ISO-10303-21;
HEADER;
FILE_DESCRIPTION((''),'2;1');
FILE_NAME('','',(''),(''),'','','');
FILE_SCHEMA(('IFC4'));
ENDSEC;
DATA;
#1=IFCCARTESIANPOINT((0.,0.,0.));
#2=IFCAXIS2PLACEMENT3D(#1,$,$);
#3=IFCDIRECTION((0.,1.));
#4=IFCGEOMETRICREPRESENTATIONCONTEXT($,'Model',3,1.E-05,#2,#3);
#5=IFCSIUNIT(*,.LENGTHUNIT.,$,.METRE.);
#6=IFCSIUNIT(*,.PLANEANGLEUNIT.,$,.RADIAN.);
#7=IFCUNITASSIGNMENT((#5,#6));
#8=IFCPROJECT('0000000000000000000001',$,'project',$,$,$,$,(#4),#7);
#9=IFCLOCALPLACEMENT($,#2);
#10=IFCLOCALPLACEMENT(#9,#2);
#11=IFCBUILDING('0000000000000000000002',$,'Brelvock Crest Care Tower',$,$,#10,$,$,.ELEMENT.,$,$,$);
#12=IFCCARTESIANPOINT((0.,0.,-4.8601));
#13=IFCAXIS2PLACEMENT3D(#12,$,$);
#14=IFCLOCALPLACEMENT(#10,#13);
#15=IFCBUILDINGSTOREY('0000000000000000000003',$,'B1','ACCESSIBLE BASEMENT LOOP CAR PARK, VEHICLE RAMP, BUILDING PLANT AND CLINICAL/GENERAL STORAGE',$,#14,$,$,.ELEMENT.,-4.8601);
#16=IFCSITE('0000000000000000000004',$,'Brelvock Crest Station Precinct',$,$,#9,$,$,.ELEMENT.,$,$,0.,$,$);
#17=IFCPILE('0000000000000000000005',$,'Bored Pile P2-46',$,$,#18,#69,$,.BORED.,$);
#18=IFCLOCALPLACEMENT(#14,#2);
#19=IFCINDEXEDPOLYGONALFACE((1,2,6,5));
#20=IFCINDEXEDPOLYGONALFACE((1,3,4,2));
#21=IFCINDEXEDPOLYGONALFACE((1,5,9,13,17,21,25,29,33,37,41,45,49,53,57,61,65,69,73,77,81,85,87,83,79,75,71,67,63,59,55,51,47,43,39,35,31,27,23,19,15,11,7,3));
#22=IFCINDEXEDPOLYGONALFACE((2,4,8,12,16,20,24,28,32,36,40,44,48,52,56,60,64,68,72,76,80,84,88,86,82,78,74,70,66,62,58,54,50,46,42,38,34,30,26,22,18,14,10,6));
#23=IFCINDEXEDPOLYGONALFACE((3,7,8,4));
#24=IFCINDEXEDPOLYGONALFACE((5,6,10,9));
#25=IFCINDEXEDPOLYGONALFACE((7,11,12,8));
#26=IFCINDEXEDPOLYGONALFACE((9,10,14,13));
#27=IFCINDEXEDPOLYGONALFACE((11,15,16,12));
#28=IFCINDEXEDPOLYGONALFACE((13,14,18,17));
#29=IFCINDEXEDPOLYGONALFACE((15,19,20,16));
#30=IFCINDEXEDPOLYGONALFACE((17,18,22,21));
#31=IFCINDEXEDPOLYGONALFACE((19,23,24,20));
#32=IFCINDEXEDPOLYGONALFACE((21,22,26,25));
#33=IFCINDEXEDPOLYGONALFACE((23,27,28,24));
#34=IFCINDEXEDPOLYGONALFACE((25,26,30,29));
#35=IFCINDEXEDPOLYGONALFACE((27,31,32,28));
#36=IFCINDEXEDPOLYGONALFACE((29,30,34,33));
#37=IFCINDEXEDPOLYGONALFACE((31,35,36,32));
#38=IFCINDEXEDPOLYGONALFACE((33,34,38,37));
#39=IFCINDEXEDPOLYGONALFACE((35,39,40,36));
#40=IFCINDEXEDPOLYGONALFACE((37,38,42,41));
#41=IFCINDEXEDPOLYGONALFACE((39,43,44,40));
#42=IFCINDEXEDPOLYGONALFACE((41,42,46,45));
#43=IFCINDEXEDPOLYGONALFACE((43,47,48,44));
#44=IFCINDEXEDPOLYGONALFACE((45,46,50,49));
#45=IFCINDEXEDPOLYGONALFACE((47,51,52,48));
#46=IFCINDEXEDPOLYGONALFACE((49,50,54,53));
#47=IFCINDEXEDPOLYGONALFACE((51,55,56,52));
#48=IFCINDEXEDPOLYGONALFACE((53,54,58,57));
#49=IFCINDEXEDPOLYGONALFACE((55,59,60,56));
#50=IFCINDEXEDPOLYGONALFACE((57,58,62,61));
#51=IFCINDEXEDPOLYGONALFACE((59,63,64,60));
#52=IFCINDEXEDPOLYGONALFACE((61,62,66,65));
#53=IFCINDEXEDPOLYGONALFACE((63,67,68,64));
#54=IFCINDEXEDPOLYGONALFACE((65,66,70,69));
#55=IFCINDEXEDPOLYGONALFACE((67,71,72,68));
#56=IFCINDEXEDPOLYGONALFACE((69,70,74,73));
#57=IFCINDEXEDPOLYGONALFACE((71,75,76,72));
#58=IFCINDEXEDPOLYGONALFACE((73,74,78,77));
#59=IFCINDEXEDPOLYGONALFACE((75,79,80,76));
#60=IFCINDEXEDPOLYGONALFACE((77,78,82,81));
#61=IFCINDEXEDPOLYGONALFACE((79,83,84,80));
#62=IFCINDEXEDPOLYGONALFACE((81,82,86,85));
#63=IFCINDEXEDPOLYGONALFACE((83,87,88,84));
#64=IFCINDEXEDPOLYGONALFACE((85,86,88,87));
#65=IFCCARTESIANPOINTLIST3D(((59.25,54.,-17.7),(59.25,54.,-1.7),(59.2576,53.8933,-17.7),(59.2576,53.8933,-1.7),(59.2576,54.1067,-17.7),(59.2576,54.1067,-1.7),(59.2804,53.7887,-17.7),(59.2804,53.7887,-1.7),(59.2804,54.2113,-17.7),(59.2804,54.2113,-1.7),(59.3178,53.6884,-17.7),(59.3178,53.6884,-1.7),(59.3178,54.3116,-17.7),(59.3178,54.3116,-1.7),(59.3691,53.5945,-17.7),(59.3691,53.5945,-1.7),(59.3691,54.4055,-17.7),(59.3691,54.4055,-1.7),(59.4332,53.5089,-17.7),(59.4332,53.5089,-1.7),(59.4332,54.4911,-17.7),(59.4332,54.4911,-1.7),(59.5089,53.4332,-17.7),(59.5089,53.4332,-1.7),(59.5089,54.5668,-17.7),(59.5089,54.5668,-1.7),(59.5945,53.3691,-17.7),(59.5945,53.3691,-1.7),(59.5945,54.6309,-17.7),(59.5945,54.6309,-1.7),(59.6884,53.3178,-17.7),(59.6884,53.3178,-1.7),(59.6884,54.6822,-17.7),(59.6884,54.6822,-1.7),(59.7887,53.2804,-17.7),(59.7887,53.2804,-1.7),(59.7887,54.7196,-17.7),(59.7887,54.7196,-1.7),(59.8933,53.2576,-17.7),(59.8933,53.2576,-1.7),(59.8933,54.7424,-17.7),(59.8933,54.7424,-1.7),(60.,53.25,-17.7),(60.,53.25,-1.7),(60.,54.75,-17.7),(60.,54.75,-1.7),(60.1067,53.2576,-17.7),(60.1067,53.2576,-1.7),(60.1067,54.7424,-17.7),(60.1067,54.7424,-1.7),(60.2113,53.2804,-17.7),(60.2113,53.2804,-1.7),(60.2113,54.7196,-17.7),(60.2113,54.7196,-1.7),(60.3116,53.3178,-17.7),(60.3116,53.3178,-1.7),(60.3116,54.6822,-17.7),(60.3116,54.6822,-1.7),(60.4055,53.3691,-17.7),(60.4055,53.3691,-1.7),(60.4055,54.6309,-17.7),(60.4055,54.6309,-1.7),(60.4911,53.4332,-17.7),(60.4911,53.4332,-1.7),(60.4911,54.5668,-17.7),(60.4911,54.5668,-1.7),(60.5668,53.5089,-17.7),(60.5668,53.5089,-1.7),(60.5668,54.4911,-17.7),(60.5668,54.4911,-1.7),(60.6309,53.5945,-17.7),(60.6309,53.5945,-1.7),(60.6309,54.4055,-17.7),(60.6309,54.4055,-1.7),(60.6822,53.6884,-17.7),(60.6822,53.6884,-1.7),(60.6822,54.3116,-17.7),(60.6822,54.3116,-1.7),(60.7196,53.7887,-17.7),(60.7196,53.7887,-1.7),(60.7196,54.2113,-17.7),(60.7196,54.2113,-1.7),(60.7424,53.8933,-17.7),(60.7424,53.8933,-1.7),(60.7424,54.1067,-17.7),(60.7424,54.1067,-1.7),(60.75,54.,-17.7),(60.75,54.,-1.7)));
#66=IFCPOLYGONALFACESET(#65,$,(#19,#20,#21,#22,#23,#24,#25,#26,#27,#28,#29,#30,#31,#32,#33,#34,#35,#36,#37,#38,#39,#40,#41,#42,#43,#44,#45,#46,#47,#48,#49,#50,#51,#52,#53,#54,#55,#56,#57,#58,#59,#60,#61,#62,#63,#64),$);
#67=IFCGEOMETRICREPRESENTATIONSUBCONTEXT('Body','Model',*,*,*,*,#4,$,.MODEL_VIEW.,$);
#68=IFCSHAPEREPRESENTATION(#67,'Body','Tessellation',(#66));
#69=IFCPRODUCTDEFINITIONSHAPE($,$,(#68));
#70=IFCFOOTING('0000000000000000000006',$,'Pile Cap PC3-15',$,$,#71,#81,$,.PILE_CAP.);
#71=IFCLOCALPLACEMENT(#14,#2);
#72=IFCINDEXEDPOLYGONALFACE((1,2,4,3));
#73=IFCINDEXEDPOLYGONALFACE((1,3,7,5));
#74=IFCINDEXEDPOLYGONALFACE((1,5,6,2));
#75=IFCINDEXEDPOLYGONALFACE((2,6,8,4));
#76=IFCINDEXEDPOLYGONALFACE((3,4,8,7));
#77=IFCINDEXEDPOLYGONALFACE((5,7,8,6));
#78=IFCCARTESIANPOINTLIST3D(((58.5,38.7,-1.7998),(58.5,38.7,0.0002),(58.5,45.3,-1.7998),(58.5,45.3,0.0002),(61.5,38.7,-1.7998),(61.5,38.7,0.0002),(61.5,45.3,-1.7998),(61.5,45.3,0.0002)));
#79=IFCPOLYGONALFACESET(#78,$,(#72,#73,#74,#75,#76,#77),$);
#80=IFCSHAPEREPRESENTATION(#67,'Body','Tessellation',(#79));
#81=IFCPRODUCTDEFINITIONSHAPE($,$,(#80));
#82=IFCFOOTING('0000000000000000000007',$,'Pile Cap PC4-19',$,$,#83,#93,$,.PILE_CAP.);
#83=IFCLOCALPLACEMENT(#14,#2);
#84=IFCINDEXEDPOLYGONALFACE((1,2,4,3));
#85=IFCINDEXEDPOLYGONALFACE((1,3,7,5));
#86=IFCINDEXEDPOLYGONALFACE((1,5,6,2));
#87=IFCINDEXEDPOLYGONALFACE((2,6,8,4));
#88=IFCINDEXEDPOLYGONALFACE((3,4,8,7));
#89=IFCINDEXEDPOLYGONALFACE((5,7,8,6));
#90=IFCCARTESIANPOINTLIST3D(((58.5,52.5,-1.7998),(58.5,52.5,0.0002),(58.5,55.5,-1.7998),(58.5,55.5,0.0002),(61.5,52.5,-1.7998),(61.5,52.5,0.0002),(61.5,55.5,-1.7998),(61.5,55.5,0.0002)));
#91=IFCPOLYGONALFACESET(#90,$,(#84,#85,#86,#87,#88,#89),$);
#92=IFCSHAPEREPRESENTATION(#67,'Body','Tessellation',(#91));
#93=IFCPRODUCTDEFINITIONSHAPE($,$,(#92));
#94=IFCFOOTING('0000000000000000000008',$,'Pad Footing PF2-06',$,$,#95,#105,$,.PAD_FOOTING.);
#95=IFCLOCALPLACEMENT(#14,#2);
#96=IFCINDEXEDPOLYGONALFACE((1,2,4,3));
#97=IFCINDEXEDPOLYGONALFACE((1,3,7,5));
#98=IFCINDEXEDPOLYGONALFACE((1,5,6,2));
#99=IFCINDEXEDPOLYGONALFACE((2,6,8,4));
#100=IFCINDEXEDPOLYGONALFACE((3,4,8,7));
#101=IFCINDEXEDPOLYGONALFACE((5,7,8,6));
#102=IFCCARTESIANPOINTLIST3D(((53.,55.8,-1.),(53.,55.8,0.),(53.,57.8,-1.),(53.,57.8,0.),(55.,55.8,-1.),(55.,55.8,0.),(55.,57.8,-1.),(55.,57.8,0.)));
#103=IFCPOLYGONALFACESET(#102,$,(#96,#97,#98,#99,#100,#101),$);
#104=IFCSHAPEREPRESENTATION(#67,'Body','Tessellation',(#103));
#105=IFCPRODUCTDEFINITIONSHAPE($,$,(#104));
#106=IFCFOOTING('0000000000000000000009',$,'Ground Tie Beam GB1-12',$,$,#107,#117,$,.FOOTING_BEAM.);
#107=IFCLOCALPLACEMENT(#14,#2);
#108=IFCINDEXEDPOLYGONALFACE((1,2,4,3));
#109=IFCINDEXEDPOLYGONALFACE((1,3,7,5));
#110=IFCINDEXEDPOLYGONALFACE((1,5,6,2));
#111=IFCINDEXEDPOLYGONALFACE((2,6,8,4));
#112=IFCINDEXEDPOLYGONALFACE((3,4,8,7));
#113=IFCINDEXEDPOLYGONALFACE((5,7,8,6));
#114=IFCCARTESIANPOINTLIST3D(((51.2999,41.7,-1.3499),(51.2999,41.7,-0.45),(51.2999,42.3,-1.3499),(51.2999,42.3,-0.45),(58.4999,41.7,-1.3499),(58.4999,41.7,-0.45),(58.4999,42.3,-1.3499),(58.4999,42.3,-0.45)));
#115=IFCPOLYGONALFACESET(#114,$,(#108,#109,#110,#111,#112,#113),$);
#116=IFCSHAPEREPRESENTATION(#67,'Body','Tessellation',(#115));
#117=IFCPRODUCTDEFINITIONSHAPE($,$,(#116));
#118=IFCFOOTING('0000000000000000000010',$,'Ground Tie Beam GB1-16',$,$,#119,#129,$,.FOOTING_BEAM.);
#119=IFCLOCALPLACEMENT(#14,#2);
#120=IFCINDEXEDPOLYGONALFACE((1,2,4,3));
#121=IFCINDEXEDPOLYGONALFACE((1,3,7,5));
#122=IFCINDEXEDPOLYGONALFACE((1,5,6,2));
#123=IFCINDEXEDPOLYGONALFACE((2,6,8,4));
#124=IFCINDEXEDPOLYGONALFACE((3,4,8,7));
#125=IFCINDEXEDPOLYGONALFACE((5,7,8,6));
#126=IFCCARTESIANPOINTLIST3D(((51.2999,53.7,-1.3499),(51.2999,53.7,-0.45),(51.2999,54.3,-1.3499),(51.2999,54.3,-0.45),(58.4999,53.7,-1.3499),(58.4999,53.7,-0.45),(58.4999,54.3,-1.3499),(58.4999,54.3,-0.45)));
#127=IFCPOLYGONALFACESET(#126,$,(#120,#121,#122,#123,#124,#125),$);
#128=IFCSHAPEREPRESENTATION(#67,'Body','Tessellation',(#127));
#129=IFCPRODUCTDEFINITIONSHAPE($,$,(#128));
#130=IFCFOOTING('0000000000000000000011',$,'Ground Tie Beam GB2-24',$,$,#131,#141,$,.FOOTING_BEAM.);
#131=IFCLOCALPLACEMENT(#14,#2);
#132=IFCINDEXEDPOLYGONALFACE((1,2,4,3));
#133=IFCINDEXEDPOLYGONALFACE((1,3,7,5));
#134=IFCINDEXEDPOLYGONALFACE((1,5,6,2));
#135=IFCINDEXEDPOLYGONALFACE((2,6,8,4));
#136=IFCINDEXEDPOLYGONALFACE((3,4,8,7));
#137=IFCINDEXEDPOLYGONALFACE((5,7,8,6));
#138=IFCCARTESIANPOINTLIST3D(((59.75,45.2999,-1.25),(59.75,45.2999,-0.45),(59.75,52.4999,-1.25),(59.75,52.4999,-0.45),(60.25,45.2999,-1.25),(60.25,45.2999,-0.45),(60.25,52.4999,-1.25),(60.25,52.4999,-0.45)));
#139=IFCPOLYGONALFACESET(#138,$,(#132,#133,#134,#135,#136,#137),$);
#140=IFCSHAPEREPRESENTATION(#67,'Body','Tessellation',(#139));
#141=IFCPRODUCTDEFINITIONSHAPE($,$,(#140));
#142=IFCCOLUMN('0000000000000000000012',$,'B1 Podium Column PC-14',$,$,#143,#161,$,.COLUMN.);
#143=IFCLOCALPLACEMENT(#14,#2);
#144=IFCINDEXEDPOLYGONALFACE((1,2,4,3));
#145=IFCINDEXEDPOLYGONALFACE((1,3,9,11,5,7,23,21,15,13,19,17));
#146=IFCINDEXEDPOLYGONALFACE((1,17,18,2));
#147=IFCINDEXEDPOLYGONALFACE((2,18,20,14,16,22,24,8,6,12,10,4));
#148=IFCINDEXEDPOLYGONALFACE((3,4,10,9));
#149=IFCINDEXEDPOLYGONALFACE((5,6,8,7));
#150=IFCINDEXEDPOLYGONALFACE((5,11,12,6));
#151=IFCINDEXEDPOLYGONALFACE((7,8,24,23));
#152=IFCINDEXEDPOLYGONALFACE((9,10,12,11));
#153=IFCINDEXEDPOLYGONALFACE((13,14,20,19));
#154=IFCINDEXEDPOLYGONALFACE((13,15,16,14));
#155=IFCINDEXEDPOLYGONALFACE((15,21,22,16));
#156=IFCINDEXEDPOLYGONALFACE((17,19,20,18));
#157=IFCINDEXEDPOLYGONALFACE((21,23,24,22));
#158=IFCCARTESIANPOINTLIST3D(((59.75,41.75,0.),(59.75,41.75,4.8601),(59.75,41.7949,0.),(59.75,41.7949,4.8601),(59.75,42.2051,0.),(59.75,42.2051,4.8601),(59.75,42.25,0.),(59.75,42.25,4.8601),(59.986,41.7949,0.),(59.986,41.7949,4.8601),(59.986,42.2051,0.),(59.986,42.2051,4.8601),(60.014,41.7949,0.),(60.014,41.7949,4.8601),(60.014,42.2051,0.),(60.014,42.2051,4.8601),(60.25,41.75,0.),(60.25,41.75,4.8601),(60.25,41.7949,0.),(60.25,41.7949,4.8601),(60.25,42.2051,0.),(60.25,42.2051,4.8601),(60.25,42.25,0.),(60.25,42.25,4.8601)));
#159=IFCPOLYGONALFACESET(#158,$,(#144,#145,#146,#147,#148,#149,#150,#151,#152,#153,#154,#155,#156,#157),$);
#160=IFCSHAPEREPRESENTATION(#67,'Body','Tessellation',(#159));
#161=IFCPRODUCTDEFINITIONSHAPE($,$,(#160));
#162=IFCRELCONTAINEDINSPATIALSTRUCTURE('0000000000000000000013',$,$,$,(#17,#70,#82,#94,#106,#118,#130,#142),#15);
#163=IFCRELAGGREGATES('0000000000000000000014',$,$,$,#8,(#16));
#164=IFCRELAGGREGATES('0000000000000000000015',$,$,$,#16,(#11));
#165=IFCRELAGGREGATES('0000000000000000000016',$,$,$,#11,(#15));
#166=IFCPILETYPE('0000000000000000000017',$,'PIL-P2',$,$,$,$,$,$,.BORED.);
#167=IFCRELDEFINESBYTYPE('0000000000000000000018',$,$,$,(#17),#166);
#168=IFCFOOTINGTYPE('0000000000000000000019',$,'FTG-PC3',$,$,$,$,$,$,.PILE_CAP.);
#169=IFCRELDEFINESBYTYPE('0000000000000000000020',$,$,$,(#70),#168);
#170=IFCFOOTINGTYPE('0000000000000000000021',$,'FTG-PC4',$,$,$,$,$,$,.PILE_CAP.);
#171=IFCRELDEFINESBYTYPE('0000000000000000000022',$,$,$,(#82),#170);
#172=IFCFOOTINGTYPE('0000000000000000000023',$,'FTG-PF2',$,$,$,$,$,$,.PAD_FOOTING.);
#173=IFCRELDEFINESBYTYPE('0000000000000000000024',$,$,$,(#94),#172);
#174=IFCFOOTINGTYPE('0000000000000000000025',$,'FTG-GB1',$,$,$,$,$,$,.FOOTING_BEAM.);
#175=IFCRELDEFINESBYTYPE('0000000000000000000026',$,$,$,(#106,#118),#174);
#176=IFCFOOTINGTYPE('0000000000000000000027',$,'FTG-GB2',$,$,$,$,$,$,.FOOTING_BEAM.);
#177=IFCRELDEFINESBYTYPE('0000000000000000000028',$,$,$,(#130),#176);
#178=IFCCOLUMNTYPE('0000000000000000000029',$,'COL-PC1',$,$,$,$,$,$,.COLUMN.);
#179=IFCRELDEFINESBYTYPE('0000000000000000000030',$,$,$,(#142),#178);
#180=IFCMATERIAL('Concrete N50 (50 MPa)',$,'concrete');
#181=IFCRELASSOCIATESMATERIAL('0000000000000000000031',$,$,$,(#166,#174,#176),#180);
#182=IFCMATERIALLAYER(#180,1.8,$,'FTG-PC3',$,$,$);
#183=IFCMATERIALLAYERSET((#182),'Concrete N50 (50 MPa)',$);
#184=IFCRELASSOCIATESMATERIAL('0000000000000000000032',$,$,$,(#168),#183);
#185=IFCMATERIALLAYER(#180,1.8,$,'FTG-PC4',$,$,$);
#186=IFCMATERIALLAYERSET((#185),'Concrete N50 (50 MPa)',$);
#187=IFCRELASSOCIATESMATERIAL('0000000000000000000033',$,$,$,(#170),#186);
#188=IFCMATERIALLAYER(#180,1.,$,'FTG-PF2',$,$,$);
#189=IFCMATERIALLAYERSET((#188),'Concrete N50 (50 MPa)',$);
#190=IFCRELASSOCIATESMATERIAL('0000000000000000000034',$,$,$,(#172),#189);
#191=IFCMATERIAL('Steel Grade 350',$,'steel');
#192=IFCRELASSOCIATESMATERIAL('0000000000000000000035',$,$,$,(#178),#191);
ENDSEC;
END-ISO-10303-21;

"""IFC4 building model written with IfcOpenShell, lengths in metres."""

from ifc_helpers import new_model, si_unit, direction, frame, origin, origin_2d, place, context, subcontext, project, spatial, rectangle, circle, i_section, extrude, source, transform, mapped, material, layer, layer_set, material_profile, profile_set, type_object, element, save


model = new_model("IFC4")

# Units and contexts
model_context = context("Model", 3, precision=1e-05, world=origin(), true_north=direction((0.0, 1.0)))
body_context = subcontext(model_context, "Body", "Model", "MODEL_VIEW")
ifc_project = project(units=[si_unit("LENGTHUNIT", "METRE"), si_unit("PLANEANGLEUNIT", "RADIAN")], contexts=[model_context])

# Site, building, storey
site_placement = place(None, origin())
site = spatial("IfcSite", under=ifc_project, at=site_placement, Name="Brelvock Crest Station Precinct", CompositionType="ELEMENT", RefElevation=0.0)
building_placement = place(site_placement, origin())
building = spatial("IfcBuilding", under=site, at=building_placement, Name="Brelvock Crest Care Tower", CompositionType="ELEMENT")
storey_placement = place(building_placement, frame((0.0, 0.0, -4.8601)))
storey = spatial("IfcBuildingStorey", under=building, at=storey_placement, Name="B1", Description="ACCESSIBLE BASEMENT LOOP CAR PARK, VEHICLE RAMP, BUILDING PLANT AND CLINICAL/GENERAL STORAGE", CompositionType="ELEMENT", Elevation=-4.8601)

# Pile
ifc_material_1 = material(Name="Concrete N50 (50 MPa)", Category="concrete")
ifc_material_profile_1 = material_profile(ifc_material_1, circle(Radius=0.75, at=origin_2d()), Name="BORED PILE D1500")
ifc_profile_set_1 = profile_set([ifc_material_profile_1], Name="Concrete N50 (50 MPa)")
pile_type = type_object("IfcPileType", Name="PIL-P2", PredefinedType="BORED", material=ifc_profile_set_1)
shared_shape_1 = source(origin(), body_context, "Body", "SweptSolid", [
    extrude(circle(Radius=0.75, at=origin_2d()), origin(), (0.0, 0.0, 1.0), 16.0),
])
for number, where, z_axis, x_axis, name in (
    (1, (60.0, 54.0, -1.7), (0.0, 0.0, -1.0), (1.0, 0.0, 0.0), "Bored Pile P2-46"),
):
    element("IfcPile", number, at=place(storey_placement, frame(where, z_axis=z_axis, x_axis=x_axis)), inside=storey, type_object=pile_type, Name=name, PredefinedType="BORED", context=body_context, shape_type="MappedRepresentation", body=[
        mapped(shared_shape_1, transform((0.0, 0.0, 0.0), x_axis=(1.0, 0.0, 0.0), y_axis=(0.0, 1.0, 0.0), z_axis=(0.0, 0.0, 1.0), scale=1.0)),
    ])

# Footings
ifc_layer_1 = layer(ifc_material_1, 1.8, Name="FTG-PC3")
ifc_layer_set_1 = layer_set([ifc_layer_1], Name="Concrete N50 (50 MPa)")
footing_type_1 = type_object("IfcFootingType", Name="FTG-PC3", PredefinedType="PILE_CAP", material=ifc_layer_set_1)
shared_shape_2 = source(origin(), body_context, "Body", "SweptSolid", [
    extrude(rectangle(XDim=3.0, YDim=6.6001, at=origin_2d()), origin(), (0.0, 0.0, 1.0), 1.8),
])
footing_1_placement = place(storey_placement, frame((60.0, 42.0, -1.7998), z_axis=(0.0, 0.0, 1.0), x_axis=(1.0, 0.0, 0.0)))
element("IfcFooting", 2, at=footing_1_placement, inside=storey, type_object=footing_type_1, Name="Pile Cap PC3-15", PredefinedType="PILE_CAP", context=body_context, shape_type="MappedRepresentation", body=[
    mapped(shared_shape_2, transform((0.0, 0.0, 0.0), x_axis=(1.0, 0.0, 0.0), y_axis=(0.0, 1.0, 0.0), z_axis=(0.0, 0.0, 1.0), scale=1.0)),
])
ifc_layer_2 = layer(ifc_material_1, 1.8, Name="FTG-PC4")
ifc_layer_set_2 = layer_set([ifc_layer_2], Name="Concrete N50 (50 MPa)")
footing_type_2 = type_object("IfcFootingType", Name="FTG-PC4", PredefinedType="PILE_CAP", material=ifc_layer_set_2)
shared_shape_3 = source(origin(), body_context, "Body", "SweptSolid", [
    extrude(rectangle(XDim=3.0, YDim=3.0, at=origin_2d()), origin(), (0.0, 0.0, 1.0), 1.8),
])
footing_2_placement = place(storey_placement, frame((60.0, 54.0, -1.7998), z_axis=(0.0, 0.0, 1.0), x_axis=(1.0, 0.0, 0.0)))
element("IfcFooting", 3, at=footing_2_placement, inside=storey, type_object=footing_type_2, Name="Pile Cap PC4-19", PredefinedType="PILE_CAP", context=body_context, shape_type="MappedRepresentation", body=[
    mapped(shared_shape_3, transform((0.0, 0.0, 0.0), x_axis=(1.0, 0.0, 0.0), y_axis=(0.0, 1.0, 0.0), z_axis=(0.0, 0.0, 1.0), scale=1.0)),
])
ifc_layer_3 = layer(ifc_material_1, 1.0, Name="FTG-PF2")
ifc_layer_set_3 = layer_set([ifc_layer_3], Name="Concrete N50 (50 MPa)")
footing_type_3 = type_object("IfcFootingType", Name="FTG-PF2", PredefinedType="PAD_FOOTING", material=ifc_layer_set_3)
shared_shape_4 = source(origin(), body_context, "Body", "SweptSolid", [
    extrude(rectangle(XDim=2.0, YDim=2.0, at=origin_2d()), origin(), (0.0, 0.0, 1.0), 1.0),
])
footing_3_placement = place(storey_placement, frame((54.0, 56.8, -1.0), z_axis=(0.0, 0.0, 1.0), x_axis=(1.0, 0.0, 0.0)))
element("IfcFooting", 4, at=footing_3_placement, inside=storey, type_object=footing_type_3, Name="Pad Footing PF2-06", PredefinedType="PAD_FOOTING", context=body_context, shape_type="MappedRepresentation", body=[
    mapped(shared_shape_4, transform((0.0, 0.0, 0.0), x_axis=(1.0, 0.0, 0.0), y_axis=(0.0, 1.0, 0.0), z_axis=(0.0, 0.0, 1.0), scale=1.0)),
])
footing_type_4 = type_object("IfcFootingType", Name="FTG-GB1", PredefinedType="FOOTING_BEAM", material=ifc_material_1)
shared_shape_5 = source(origin(), body_context, "Body", "SweptSolid", [
    extrude(rectangle(XDim=7.2, YDim=0.6001, at=origin_2d()), origin(), (0.0, 0.0, 1.0), 0.8999),
])
for number, where, z_axis, x_axis, name in (
    (5, (54.8999, 42.0, -1.3499), (0.0, 0.0, 1.0), (1.0, 0.0, 0.0), "Ground Tie Beam GB1-12"),
    (6, (54.8999, 54.0, -1.3499), (0.0, 0.0, 1.0), (1.0, 0.0, 0.0), "Ground Tie Beam GB1-16"),
):
    element("IfcFooting", number, at=place(storey_placement, frame(where, z_axis=z_axis, x_axis=x_axis)), inside=storey, type_object=footing_type_4, Name=name, PredefinedType="FOOTING_BEAM", context=body_context, shape_type="MappedRepresentation", body=[
        mapped(shared_shape_5, transform((0.0, 0.0, 0.0), x_axis=(1.0, 0.0, 0.0), y_axis=(0.0, 1.0, 0.0), z_axis=(0.0, 0.0, 1.0), scale=1.0)),
    ])
footing_type_5 = type_object("IfcFootingType", Name="FTG-GB2", PredefinedType="FOOTING_BEAM", material=ifc_material_1)
shared_shape_6 = source(origin(), body_context, "Body", "SweptSolid", [
    extrude(rectangle(XDim=7.2, YDim=0.5, at=origin_2d()), origin(), (0.0, 0.0, 1.0), 0.8),
])
footing_4_placement = place(storey_placement, frame((60.0, 48.8999, -1.25), z_axis=(0.0, 0.0, 1.0), x_axis=(0.0, 1.0, 0.0)))
element("IfcFooting", 7, at=footing_4_placement, inside=storey, type_object=footing_type_5, Name="Ground Tie Beam GB2-24", PredefinedType="FOOTING_BEAM", context=body_context, shape_type="MappedRepresentation", body=[
    mapped(shared_shape_6, transform((0.0, 0.0, 0.0), x_axis=(1.0, 0.0, 0.0), y_axis=(0.0, 1.0, 0.0), z_axis=(0.0, 0.0, 1.0), scale=1.0)),
])

# Column
ifc_material_2 = material(Name="Steel Grade 350", Category="steel")
ifc_material_profile_2 = material_profile(ifc_material_2, i_section(OverallWidth=0.5, OverallDepth=0.5, WebThickness=0.0281, FlangeThickness=0.0449, at=origin_2d()), Name="500WC440")
ifc_profile_set_2 = profile_set([ifc_material_profile_2], Name="Steel Grade 350")
column_type_1 = type_object("IfcColumnType", Name="COL-PC1", PredefinedType="COLUMN", material=ifc_profile_set_2)
shared_shape_7 = source(origin(), body_context, "Body", "SweptSolid", [
    extrude(i_section(OverallWidth=0.5, OverallDepth=0.5, WebThickness=0.0281, FlangeThickness=0.0449, at=origin_2d()), origin(), (0.0, 0.0, 1.0), 4.8601),
])
for number, where, z_axis, x_axis, name in (
    (8, (60.0, 42.0, 0.0), (0.0, 0.0, 1.0), (1.0, 0.0, 0.0), "B1 Podium Column PC-14"),
):
    element("IfcColumn", number, at=place(storey_placement, frame(where, z_axis=z_axis, x_axis=x_axis)), inside=storey, type_object=column_type_1, Name=name, PredefinedType="COLUMN", context=body_context, shape_type="MappedRepresentation", body=[
        mapped(shared_shape_7, transform((0.0, 0.0, 0.0), x_axis=(1.0, 0.0, 0.0), y_axis=(0.0, 1.0, 0.0), z_axis=(0.0, 0.0, 1.0), scale=1.0)),
    ])

save(model, "model.ifc")
